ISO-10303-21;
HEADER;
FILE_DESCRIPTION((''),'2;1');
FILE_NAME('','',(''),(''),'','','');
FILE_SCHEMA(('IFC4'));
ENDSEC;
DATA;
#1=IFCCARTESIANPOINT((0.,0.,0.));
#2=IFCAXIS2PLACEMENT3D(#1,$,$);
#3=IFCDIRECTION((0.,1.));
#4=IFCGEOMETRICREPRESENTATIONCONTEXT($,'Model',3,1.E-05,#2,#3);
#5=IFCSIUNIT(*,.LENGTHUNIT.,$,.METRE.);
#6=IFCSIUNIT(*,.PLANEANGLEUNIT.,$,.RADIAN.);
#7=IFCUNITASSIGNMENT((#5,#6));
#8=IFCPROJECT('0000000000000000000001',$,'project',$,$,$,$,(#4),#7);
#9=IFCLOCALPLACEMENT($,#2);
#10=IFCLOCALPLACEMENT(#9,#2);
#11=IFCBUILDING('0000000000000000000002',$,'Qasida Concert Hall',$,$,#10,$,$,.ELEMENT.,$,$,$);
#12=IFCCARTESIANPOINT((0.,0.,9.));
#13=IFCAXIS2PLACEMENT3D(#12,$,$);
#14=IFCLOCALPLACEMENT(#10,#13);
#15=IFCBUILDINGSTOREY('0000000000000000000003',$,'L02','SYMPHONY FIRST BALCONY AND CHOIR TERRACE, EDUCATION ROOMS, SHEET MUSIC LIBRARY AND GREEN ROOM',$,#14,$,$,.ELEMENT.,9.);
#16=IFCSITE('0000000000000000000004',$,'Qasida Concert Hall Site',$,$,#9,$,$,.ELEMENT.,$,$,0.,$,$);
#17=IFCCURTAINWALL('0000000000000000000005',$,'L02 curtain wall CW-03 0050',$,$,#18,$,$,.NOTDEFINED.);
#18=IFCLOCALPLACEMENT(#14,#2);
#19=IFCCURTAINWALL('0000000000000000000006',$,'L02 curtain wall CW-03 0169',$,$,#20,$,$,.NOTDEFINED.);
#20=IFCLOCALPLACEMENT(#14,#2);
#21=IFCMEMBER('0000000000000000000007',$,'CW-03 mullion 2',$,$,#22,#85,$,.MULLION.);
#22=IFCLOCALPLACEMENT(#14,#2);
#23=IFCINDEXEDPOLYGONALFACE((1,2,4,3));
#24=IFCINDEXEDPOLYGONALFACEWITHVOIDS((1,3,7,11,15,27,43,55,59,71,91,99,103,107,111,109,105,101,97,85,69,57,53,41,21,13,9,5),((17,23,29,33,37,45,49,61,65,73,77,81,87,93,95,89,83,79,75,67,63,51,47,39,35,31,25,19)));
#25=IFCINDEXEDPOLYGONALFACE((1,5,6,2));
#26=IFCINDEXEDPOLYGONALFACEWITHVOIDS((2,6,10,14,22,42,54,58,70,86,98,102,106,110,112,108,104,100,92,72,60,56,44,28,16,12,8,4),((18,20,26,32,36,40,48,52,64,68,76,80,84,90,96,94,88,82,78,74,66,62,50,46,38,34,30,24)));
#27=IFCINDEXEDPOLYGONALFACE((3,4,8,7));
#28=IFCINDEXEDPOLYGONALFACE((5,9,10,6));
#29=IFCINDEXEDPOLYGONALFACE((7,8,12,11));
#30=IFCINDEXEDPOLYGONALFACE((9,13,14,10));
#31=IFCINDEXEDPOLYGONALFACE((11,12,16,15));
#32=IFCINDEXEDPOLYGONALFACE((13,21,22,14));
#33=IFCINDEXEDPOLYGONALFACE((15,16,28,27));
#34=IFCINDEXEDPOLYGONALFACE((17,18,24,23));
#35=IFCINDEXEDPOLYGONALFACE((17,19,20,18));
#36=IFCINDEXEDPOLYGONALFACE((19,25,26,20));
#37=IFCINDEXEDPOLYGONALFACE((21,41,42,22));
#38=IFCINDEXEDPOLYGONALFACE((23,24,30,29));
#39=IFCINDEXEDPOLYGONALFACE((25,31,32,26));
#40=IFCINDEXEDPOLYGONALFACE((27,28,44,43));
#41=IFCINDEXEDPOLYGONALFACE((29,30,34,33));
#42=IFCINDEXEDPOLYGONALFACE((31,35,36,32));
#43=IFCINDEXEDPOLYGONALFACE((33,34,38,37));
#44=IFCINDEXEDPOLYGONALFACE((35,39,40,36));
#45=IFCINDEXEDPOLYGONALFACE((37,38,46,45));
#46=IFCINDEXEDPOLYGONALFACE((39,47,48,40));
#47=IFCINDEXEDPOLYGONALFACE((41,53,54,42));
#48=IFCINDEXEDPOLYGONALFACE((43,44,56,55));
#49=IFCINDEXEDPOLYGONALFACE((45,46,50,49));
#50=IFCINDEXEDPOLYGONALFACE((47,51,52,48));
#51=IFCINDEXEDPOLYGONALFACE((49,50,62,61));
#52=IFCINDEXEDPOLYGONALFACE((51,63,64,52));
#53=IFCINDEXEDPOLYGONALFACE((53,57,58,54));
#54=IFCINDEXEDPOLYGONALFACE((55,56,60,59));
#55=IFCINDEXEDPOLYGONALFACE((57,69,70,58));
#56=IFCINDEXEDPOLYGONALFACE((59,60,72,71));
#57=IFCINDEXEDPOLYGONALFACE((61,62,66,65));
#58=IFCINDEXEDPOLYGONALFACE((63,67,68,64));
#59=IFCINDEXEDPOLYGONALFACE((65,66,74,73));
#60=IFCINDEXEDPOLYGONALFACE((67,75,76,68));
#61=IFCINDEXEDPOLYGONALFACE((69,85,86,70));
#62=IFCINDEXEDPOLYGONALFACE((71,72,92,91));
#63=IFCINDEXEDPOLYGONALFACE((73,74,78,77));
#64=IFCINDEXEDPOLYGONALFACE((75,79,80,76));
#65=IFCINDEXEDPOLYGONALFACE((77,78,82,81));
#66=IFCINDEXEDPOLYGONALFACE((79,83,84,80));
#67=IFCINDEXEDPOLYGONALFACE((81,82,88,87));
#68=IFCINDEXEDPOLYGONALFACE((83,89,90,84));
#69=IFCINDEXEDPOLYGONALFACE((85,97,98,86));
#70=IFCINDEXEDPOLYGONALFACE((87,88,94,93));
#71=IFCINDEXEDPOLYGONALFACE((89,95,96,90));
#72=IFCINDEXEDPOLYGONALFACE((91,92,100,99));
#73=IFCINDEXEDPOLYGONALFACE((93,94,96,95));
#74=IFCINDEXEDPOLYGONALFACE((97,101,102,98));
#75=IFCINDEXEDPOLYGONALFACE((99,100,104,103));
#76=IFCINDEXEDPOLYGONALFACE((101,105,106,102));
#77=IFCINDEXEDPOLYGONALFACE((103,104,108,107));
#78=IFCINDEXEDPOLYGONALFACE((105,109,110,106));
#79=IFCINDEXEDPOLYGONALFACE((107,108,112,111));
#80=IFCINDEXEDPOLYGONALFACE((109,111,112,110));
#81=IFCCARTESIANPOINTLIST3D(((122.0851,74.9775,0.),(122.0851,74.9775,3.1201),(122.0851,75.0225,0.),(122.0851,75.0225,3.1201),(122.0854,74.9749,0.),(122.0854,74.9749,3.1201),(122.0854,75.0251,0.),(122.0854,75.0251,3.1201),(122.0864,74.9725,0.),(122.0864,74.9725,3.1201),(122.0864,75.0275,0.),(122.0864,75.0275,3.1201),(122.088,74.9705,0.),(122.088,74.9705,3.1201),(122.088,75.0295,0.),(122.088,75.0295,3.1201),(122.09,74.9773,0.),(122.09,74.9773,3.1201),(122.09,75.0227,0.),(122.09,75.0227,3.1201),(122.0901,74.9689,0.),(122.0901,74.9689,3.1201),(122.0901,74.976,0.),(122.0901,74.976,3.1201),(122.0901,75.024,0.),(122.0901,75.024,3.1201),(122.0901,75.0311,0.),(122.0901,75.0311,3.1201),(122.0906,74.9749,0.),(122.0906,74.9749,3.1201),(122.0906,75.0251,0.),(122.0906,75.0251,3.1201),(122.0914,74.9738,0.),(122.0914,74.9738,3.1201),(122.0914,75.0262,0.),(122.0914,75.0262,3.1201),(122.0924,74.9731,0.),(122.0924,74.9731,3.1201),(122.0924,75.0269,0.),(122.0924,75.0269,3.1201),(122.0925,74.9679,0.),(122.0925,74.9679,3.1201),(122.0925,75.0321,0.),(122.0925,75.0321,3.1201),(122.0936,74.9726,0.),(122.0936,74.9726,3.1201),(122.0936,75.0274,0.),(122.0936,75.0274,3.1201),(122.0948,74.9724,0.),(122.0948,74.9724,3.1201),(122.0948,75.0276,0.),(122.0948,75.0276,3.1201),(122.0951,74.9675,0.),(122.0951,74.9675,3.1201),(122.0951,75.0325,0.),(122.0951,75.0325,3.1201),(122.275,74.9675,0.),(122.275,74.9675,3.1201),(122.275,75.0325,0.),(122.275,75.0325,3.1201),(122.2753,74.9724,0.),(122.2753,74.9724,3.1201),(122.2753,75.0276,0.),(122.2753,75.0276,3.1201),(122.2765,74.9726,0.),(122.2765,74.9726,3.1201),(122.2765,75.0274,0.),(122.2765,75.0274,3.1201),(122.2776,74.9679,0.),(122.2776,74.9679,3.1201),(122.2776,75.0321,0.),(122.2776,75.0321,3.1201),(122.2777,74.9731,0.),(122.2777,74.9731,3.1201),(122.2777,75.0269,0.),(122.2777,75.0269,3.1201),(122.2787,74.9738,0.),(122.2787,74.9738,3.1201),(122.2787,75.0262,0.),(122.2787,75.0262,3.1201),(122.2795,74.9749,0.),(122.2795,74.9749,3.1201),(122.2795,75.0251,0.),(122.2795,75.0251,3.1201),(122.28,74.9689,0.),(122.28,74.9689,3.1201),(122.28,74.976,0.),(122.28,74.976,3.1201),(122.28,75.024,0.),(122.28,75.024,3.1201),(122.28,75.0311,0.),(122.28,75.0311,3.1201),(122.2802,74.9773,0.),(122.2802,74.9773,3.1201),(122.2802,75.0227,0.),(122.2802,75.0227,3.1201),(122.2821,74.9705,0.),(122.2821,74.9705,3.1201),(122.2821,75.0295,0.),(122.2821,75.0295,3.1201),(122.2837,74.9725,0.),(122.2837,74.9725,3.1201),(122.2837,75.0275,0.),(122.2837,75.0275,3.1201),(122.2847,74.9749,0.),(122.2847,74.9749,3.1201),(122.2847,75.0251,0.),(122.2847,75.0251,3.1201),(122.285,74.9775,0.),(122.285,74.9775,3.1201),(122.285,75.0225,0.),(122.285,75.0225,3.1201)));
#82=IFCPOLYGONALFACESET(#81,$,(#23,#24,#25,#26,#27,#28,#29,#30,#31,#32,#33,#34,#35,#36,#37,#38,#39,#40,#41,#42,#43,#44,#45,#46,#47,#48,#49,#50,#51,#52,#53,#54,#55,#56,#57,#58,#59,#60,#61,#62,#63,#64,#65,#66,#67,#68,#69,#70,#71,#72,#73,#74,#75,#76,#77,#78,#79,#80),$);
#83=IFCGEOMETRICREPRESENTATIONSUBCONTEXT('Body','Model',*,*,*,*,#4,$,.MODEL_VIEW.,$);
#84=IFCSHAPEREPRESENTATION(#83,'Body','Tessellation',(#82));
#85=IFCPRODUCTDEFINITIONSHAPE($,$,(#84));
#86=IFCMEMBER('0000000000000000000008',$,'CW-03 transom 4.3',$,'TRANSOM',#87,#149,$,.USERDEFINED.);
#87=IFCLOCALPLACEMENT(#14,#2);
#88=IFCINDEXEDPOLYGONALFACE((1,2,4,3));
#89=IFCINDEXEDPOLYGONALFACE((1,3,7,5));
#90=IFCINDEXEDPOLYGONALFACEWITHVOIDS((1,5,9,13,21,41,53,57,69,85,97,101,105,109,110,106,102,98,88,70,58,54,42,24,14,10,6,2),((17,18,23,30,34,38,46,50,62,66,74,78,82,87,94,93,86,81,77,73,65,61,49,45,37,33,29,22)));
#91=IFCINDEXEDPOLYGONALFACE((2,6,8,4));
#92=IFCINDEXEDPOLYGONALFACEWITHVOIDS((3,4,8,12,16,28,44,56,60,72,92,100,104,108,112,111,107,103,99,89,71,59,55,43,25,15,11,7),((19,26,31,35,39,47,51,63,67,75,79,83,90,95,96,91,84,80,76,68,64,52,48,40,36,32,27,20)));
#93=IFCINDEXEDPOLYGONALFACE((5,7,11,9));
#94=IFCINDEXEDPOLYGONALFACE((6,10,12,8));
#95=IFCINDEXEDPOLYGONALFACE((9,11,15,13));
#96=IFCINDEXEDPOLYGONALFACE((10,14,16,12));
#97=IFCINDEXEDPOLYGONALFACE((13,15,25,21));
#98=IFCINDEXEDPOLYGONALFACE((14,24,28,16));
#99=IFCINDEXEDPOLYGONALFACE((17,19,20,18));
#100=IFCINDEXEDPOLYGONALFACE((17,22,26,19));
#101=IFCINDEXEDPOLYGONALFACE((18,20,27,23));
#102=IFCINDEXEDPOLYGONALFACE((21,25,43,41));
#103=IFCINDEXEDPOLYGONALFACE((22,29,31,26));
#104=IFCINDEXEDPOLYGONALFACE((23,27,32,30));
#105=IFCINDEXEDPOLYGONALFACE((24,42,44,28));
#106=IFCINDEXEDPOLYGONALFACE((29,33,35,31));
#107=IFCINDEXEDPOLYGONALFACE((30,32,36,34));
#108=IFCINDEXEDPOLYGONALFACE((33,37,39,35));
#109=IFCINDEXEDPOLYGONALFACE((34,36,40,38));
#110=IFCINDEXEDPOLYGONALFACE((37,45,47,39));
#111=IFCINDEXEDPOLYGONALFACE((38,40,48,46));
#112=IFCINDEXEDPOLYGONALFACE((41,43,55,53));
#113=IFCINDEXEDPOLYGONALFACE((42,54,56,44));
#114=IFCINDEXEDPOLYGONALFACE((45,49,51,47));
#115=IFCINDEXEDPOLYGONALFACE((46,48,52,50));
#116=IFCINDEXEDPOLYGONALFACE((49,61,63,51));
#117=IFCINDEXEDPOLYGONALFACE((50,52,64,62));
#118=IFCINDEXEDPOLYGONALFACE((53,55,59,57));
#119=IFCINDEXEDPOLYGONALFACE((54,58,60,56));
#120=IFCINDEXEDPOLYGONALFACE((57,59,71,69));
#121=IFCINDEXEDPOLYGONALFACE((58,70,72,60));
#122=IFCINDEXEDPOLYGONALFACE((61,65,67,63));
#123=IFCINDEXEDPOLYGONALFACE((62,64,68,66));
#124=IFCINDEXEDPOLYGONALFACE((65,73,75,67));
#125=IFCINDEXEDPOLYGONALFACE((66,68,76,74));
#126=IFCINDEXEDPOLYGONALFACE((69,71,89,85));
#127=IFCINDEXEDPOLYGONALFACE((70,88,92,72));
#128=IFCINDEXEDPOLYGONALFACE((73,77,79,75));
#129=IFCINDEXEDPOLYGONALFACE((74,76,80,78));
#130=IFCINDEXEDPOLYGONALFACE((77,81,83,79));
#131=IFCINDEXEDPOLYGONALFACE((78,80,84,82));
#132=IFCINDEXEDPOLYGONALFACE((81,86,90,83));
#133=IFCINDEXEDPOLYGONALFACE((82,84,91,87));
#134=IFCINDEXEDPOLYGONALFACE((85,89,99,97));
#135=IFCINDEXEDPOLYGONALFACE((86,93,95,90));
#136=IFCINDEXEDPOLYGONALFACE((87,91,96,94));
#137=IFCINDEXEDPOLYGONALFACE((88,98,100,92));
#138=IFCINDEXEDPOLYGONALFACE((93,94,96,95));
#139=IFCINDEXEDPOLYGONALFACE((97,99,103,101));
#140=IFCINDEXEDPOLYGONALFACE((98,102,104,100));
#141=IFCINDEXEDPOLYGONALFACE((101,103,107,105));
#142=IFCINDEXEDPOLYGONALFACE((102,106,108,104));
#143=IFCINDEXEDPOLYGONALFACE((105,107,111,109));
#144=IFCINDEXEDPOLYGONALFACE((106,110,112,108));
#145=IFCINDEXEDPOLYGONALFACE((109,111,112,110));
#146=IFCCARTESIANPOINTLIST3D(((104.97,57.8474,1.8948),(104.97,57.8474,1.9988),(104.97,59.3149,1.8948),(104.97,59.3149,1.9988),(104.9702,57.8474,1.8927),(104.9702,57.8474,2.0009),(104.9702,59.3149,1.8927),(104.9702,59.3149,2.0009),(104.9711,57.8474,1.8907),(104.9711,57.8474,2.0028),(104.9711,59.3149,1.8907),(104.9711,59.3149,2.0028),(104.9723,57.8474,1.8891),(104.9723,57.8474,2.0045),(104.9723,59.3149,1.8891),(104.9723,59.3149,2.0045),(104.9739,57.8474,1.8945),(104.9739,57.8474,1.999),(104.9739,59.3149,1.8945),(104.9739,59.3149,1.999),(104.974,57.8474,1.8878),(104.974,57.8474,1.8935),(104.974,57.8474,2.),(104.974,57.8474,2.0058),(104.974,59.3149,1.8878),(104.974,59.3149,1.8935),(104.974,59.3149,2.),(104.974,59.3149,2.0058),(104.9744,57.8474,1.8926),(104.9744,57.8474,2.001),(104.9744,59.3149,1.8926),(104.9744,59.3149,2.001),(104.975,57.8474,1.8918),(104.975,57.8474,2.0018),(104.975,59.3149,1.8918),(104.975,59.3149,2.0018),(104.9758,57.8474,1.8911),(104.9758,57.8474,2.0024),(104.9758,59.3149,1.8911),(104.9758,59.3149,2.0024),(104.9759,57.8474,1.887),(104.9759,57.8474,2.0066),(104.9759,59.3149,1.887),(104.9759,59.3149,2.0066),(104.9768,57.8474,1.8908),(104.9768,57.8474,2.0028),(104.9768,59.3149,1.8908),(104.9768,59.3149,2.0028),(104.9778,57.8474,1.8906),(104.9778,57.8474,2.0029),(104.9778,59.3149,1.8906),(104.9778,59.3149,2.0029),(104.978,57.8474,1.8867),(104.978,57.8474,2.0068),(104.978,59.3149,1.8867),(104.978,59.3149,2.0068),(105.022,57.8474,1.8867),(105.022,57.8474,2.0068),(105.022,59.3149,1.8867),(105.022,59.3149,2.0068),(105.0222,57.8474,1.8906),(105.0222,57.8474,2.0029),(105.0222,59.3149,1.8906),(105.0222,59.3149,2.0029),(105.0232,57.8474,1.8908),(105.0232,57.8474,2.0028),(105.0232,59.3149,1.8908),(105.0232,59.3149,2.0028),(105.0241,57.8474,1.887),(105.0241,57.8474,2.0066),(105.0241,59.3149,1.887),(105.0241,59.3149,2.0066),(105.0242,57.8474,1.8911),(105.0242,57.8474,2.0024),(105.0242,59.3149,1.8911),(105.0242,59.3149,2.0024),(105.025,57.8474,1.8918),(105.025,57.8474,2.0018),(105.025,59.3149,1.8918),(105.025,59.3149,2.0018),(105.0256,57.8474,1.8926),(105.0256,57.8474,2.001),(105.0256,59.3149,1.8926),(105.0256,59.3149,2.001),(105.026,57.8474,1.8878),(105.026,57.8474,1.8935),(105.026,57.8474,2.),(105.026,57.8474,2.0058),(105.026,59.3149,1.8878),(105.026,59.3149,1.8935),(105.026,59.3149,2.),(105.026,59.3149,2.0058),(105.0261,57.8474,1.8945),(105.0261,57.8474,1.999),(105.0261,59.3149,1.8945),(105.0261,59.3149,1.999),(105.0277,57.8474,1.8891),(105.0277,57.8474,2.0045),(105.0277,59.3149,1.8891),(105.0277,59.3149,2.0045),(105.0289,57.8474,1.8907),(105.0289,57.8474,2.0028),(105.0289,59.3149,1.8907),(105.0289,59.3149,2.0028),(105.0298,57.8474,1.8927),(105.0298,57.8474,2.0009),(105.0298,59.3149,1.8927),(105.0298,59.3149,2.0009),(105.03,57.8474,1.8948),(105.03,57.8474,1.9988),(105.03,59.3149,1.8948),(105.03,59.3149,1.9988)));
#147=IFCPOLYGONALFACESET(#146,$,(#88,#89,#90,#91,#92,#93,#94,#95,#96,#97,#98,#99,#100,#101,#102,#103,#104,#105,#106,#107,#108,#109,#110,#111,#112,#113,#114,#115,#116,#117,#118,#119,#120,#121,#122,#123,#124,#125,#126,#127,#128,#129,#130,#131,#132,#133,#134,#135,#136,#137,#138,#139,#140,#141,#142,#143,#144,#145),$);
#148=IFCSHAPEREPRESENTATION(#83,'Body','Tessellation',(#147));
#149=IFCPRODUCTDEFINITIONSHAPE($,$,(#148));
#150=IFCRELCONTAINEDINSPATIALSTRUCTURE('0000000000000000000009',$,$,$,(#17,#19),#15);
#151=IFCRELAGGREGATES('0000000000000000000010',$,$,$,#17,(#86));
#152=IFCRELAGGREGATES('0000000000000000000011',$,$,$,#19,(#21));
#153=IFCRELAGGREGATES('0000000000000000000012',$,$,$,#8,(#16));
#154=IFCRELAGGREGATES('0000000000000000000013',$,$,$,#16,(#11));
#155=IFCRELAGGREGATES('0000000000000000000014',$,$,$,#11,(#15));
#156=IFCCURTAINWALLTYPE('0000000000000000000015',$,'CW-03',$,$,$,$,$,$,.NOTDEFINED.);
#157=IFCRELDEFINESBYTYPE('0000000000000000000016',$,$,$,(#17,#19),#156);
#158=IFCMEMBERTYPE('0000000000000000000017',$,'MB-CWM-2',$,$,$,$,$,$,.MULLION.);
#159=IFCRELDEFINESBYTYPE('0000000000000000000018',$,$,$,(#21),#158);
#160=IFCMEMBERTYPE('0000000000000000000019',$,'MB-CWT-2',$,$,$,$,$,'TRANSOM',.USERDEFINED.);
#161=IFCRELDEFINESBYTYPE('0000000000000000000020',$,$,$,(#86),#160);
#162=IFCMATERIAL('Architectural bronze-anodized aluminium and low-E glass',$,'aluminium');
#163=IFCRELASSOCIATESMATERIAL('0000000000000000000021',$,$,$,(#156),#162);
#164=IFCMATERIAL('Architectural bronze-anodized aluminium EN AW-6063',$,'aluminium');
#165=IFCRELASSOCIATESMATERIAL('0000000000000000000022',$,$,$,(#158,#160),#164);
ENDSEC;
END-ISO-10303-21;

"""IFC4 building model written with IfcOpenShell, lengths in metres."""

from ifc_helpers import new_model, si_unit, direction, frame, origin, origin_2d, place, context, subcontext, project, spatial, hollow_rectangle, extrude, material, material_profile, profile_set, type_object, element, aggregate, save


model = new_model("IFC4")

# Units and contexts
model_context = context("Model", 3, precision=1e-05, world=origin(), true_north=direction((0.0, 1.0)))
body_context = subcontext(model_context, "Body", "Model", "MODEL_VIEW")
ifc_project = project(units=[si_unit("LENGTHUNIT", "METRE"), si_unit("PLANEANGLEUNIT", "RADIAN")], contexts=[model_context])

# Site, building, storey
site_placement = place(None, origin())
site = spatial("IfcSite", under=ifc_project, at=site_placement, Name="Qasida Concert Hall Site", CompositionType="ELEMENT", RefElevation=0.0)
building_placement = place(site_placement, origin())
building = spatial("IfcBuilding", under=site, at=building_placement, Name="Qasida Concert Hall", CompositionType="ELEMENT")
storey_placement = place(building_placement, frame((0.0, 0.0, 9.0)))
storey = spatial("IfcBuildingStorey", under=building, at=storey_placement, Name="L02", Description="SYMPHONY FIRST BALCONY AND CHOIR TERRACE, EDUCATION ROOMS, SHEET MUSIC LIBRARY AND GREEN ROOM", CompositionType="ELEMENT", Elevation=9.0)

# Curtain wall
ifc_material_1 = material(Name="Architectural bronze-anodized aluminium and low-E glass", Category="aluminium")
curtain_wall_type = type_object("IfcCurtainWallType", Name="CW-03", PredefinedType="NOTDEFINED", material=ifc_material_1)
curtain_wall_1_placement = place(storey_placement, origin())
curtain_wall_1 = element("IfcCurtainWall", 1, at=curtain_wall_1_placement, inside=storey, type_object=curtain_wall_type, Name="L02 curtain wall CW-03 0050", PredefinedType="NOTDEFINED")
ifc_material_2 = material(Name="Architectural bronze-anodized aluminium EN AW-6063", Category="aluminium")
ifc_material_profile_1 = material_profile(ifc_material_2, hollow_rectangle(XDim=0.0649, YDim=0.2, WallThickness=0.0049, InnerFilletRadius=0.0049, OuterFilletRadius=0.01, at=origin_2d()), Name="CWM 200x65x5")
ifc_profile_set_1 = profile_set([ifc_material_profile_1], Name="Architectural bronze-anodized aluminium EN AW-6063")
member_type_1 = type_object("IfcMemberType", Name="MB-CWM-2", PredefinedType="MULLION", material=ifc_profile_set_1)

# Curtain wall, member
curtain_wall_2_placement = place(storey_placement, origin())
curtain_wall_2 = element("IfcCurtainWall", 2, at=curtain_wall_2_placement, inside=storey, type_object=curtain_wall_type, Name="L02 curtain wall CW-03 0169", PredefinedType="NOTDEFINED")
member_1_placement = place(storey_placement, frame((122.1851, 75.0, 0.0), z_axis=(0.0, 0.0, 1.0), x_axis=(0.0, 1.0, 0.0)))
member_1 = element("IfcMember", 3, at=member_1_placement, type_object=member_type_1, Name="CW-03 mullion 2", PredefinedType="MULLION", context=body_context, shape_type="SweptSolid", body=[
    extrude(hollow_rectangle(XDim=0.0649, YDim=0.2, WallThickness=0.0049, InnerFilletRadius=0.0049, OuterFilletRadius=0.01, at=origin_2d()), origin(), (0.0, 0.0, 1.0), 3.1201),
])

# Member
ifc_material_profile_2 = material_profile(ifc_material_2, hollow_rectangle(XDim=0.0601, YDim=0.1201, WallThickness=0.0039, InnerFilletRadius=0.0039, OuterFilletRadius=0.0081, at=origin_2d()), Name="CWT 120x60x4")
ifc_profile_set_2 = profile_set([ifc_material_profile_2], Name="Architectural bronze-anodized aluminium EN AW-6063")
member_type_2 = type_object("IfcMemberType", Name="MB-CWT-2", ElementType="TRANSOM", PredefinedType="USERDEFINED", material=ifc_profile_set_2)
member_2_placement = place(storey_placement, frame((105.0, 57.8474, 1.9468), z_axis=(0.0, 1.0, 0.0), x_axis=(-1.0, 0.0, 0.0)))
member_2 = element("IfcMember", 4, at=member_2_placement, type_object=member_type_2, Name="CW-03 transom 4.3", ObjectType="TRANSOM", PredefinedType="USERDEFINED", context=body_context, shape_type="SweptSolid", body=[
    extrude(hollow_rectangle(XDim=0.0601, YDim=0.1201, WallThickness=0.0039, InnerFilletRadius=0.0039, OuterFilletRadius=0.0081, at=origin_2d()), origin(), (0.0, 0.0, 1.0), 1.4675),
])

aggregate(curtain_wall_1, [member_2])
aggregate(curtain_wall_2, [member_1])

save(model, "model.ifc")
